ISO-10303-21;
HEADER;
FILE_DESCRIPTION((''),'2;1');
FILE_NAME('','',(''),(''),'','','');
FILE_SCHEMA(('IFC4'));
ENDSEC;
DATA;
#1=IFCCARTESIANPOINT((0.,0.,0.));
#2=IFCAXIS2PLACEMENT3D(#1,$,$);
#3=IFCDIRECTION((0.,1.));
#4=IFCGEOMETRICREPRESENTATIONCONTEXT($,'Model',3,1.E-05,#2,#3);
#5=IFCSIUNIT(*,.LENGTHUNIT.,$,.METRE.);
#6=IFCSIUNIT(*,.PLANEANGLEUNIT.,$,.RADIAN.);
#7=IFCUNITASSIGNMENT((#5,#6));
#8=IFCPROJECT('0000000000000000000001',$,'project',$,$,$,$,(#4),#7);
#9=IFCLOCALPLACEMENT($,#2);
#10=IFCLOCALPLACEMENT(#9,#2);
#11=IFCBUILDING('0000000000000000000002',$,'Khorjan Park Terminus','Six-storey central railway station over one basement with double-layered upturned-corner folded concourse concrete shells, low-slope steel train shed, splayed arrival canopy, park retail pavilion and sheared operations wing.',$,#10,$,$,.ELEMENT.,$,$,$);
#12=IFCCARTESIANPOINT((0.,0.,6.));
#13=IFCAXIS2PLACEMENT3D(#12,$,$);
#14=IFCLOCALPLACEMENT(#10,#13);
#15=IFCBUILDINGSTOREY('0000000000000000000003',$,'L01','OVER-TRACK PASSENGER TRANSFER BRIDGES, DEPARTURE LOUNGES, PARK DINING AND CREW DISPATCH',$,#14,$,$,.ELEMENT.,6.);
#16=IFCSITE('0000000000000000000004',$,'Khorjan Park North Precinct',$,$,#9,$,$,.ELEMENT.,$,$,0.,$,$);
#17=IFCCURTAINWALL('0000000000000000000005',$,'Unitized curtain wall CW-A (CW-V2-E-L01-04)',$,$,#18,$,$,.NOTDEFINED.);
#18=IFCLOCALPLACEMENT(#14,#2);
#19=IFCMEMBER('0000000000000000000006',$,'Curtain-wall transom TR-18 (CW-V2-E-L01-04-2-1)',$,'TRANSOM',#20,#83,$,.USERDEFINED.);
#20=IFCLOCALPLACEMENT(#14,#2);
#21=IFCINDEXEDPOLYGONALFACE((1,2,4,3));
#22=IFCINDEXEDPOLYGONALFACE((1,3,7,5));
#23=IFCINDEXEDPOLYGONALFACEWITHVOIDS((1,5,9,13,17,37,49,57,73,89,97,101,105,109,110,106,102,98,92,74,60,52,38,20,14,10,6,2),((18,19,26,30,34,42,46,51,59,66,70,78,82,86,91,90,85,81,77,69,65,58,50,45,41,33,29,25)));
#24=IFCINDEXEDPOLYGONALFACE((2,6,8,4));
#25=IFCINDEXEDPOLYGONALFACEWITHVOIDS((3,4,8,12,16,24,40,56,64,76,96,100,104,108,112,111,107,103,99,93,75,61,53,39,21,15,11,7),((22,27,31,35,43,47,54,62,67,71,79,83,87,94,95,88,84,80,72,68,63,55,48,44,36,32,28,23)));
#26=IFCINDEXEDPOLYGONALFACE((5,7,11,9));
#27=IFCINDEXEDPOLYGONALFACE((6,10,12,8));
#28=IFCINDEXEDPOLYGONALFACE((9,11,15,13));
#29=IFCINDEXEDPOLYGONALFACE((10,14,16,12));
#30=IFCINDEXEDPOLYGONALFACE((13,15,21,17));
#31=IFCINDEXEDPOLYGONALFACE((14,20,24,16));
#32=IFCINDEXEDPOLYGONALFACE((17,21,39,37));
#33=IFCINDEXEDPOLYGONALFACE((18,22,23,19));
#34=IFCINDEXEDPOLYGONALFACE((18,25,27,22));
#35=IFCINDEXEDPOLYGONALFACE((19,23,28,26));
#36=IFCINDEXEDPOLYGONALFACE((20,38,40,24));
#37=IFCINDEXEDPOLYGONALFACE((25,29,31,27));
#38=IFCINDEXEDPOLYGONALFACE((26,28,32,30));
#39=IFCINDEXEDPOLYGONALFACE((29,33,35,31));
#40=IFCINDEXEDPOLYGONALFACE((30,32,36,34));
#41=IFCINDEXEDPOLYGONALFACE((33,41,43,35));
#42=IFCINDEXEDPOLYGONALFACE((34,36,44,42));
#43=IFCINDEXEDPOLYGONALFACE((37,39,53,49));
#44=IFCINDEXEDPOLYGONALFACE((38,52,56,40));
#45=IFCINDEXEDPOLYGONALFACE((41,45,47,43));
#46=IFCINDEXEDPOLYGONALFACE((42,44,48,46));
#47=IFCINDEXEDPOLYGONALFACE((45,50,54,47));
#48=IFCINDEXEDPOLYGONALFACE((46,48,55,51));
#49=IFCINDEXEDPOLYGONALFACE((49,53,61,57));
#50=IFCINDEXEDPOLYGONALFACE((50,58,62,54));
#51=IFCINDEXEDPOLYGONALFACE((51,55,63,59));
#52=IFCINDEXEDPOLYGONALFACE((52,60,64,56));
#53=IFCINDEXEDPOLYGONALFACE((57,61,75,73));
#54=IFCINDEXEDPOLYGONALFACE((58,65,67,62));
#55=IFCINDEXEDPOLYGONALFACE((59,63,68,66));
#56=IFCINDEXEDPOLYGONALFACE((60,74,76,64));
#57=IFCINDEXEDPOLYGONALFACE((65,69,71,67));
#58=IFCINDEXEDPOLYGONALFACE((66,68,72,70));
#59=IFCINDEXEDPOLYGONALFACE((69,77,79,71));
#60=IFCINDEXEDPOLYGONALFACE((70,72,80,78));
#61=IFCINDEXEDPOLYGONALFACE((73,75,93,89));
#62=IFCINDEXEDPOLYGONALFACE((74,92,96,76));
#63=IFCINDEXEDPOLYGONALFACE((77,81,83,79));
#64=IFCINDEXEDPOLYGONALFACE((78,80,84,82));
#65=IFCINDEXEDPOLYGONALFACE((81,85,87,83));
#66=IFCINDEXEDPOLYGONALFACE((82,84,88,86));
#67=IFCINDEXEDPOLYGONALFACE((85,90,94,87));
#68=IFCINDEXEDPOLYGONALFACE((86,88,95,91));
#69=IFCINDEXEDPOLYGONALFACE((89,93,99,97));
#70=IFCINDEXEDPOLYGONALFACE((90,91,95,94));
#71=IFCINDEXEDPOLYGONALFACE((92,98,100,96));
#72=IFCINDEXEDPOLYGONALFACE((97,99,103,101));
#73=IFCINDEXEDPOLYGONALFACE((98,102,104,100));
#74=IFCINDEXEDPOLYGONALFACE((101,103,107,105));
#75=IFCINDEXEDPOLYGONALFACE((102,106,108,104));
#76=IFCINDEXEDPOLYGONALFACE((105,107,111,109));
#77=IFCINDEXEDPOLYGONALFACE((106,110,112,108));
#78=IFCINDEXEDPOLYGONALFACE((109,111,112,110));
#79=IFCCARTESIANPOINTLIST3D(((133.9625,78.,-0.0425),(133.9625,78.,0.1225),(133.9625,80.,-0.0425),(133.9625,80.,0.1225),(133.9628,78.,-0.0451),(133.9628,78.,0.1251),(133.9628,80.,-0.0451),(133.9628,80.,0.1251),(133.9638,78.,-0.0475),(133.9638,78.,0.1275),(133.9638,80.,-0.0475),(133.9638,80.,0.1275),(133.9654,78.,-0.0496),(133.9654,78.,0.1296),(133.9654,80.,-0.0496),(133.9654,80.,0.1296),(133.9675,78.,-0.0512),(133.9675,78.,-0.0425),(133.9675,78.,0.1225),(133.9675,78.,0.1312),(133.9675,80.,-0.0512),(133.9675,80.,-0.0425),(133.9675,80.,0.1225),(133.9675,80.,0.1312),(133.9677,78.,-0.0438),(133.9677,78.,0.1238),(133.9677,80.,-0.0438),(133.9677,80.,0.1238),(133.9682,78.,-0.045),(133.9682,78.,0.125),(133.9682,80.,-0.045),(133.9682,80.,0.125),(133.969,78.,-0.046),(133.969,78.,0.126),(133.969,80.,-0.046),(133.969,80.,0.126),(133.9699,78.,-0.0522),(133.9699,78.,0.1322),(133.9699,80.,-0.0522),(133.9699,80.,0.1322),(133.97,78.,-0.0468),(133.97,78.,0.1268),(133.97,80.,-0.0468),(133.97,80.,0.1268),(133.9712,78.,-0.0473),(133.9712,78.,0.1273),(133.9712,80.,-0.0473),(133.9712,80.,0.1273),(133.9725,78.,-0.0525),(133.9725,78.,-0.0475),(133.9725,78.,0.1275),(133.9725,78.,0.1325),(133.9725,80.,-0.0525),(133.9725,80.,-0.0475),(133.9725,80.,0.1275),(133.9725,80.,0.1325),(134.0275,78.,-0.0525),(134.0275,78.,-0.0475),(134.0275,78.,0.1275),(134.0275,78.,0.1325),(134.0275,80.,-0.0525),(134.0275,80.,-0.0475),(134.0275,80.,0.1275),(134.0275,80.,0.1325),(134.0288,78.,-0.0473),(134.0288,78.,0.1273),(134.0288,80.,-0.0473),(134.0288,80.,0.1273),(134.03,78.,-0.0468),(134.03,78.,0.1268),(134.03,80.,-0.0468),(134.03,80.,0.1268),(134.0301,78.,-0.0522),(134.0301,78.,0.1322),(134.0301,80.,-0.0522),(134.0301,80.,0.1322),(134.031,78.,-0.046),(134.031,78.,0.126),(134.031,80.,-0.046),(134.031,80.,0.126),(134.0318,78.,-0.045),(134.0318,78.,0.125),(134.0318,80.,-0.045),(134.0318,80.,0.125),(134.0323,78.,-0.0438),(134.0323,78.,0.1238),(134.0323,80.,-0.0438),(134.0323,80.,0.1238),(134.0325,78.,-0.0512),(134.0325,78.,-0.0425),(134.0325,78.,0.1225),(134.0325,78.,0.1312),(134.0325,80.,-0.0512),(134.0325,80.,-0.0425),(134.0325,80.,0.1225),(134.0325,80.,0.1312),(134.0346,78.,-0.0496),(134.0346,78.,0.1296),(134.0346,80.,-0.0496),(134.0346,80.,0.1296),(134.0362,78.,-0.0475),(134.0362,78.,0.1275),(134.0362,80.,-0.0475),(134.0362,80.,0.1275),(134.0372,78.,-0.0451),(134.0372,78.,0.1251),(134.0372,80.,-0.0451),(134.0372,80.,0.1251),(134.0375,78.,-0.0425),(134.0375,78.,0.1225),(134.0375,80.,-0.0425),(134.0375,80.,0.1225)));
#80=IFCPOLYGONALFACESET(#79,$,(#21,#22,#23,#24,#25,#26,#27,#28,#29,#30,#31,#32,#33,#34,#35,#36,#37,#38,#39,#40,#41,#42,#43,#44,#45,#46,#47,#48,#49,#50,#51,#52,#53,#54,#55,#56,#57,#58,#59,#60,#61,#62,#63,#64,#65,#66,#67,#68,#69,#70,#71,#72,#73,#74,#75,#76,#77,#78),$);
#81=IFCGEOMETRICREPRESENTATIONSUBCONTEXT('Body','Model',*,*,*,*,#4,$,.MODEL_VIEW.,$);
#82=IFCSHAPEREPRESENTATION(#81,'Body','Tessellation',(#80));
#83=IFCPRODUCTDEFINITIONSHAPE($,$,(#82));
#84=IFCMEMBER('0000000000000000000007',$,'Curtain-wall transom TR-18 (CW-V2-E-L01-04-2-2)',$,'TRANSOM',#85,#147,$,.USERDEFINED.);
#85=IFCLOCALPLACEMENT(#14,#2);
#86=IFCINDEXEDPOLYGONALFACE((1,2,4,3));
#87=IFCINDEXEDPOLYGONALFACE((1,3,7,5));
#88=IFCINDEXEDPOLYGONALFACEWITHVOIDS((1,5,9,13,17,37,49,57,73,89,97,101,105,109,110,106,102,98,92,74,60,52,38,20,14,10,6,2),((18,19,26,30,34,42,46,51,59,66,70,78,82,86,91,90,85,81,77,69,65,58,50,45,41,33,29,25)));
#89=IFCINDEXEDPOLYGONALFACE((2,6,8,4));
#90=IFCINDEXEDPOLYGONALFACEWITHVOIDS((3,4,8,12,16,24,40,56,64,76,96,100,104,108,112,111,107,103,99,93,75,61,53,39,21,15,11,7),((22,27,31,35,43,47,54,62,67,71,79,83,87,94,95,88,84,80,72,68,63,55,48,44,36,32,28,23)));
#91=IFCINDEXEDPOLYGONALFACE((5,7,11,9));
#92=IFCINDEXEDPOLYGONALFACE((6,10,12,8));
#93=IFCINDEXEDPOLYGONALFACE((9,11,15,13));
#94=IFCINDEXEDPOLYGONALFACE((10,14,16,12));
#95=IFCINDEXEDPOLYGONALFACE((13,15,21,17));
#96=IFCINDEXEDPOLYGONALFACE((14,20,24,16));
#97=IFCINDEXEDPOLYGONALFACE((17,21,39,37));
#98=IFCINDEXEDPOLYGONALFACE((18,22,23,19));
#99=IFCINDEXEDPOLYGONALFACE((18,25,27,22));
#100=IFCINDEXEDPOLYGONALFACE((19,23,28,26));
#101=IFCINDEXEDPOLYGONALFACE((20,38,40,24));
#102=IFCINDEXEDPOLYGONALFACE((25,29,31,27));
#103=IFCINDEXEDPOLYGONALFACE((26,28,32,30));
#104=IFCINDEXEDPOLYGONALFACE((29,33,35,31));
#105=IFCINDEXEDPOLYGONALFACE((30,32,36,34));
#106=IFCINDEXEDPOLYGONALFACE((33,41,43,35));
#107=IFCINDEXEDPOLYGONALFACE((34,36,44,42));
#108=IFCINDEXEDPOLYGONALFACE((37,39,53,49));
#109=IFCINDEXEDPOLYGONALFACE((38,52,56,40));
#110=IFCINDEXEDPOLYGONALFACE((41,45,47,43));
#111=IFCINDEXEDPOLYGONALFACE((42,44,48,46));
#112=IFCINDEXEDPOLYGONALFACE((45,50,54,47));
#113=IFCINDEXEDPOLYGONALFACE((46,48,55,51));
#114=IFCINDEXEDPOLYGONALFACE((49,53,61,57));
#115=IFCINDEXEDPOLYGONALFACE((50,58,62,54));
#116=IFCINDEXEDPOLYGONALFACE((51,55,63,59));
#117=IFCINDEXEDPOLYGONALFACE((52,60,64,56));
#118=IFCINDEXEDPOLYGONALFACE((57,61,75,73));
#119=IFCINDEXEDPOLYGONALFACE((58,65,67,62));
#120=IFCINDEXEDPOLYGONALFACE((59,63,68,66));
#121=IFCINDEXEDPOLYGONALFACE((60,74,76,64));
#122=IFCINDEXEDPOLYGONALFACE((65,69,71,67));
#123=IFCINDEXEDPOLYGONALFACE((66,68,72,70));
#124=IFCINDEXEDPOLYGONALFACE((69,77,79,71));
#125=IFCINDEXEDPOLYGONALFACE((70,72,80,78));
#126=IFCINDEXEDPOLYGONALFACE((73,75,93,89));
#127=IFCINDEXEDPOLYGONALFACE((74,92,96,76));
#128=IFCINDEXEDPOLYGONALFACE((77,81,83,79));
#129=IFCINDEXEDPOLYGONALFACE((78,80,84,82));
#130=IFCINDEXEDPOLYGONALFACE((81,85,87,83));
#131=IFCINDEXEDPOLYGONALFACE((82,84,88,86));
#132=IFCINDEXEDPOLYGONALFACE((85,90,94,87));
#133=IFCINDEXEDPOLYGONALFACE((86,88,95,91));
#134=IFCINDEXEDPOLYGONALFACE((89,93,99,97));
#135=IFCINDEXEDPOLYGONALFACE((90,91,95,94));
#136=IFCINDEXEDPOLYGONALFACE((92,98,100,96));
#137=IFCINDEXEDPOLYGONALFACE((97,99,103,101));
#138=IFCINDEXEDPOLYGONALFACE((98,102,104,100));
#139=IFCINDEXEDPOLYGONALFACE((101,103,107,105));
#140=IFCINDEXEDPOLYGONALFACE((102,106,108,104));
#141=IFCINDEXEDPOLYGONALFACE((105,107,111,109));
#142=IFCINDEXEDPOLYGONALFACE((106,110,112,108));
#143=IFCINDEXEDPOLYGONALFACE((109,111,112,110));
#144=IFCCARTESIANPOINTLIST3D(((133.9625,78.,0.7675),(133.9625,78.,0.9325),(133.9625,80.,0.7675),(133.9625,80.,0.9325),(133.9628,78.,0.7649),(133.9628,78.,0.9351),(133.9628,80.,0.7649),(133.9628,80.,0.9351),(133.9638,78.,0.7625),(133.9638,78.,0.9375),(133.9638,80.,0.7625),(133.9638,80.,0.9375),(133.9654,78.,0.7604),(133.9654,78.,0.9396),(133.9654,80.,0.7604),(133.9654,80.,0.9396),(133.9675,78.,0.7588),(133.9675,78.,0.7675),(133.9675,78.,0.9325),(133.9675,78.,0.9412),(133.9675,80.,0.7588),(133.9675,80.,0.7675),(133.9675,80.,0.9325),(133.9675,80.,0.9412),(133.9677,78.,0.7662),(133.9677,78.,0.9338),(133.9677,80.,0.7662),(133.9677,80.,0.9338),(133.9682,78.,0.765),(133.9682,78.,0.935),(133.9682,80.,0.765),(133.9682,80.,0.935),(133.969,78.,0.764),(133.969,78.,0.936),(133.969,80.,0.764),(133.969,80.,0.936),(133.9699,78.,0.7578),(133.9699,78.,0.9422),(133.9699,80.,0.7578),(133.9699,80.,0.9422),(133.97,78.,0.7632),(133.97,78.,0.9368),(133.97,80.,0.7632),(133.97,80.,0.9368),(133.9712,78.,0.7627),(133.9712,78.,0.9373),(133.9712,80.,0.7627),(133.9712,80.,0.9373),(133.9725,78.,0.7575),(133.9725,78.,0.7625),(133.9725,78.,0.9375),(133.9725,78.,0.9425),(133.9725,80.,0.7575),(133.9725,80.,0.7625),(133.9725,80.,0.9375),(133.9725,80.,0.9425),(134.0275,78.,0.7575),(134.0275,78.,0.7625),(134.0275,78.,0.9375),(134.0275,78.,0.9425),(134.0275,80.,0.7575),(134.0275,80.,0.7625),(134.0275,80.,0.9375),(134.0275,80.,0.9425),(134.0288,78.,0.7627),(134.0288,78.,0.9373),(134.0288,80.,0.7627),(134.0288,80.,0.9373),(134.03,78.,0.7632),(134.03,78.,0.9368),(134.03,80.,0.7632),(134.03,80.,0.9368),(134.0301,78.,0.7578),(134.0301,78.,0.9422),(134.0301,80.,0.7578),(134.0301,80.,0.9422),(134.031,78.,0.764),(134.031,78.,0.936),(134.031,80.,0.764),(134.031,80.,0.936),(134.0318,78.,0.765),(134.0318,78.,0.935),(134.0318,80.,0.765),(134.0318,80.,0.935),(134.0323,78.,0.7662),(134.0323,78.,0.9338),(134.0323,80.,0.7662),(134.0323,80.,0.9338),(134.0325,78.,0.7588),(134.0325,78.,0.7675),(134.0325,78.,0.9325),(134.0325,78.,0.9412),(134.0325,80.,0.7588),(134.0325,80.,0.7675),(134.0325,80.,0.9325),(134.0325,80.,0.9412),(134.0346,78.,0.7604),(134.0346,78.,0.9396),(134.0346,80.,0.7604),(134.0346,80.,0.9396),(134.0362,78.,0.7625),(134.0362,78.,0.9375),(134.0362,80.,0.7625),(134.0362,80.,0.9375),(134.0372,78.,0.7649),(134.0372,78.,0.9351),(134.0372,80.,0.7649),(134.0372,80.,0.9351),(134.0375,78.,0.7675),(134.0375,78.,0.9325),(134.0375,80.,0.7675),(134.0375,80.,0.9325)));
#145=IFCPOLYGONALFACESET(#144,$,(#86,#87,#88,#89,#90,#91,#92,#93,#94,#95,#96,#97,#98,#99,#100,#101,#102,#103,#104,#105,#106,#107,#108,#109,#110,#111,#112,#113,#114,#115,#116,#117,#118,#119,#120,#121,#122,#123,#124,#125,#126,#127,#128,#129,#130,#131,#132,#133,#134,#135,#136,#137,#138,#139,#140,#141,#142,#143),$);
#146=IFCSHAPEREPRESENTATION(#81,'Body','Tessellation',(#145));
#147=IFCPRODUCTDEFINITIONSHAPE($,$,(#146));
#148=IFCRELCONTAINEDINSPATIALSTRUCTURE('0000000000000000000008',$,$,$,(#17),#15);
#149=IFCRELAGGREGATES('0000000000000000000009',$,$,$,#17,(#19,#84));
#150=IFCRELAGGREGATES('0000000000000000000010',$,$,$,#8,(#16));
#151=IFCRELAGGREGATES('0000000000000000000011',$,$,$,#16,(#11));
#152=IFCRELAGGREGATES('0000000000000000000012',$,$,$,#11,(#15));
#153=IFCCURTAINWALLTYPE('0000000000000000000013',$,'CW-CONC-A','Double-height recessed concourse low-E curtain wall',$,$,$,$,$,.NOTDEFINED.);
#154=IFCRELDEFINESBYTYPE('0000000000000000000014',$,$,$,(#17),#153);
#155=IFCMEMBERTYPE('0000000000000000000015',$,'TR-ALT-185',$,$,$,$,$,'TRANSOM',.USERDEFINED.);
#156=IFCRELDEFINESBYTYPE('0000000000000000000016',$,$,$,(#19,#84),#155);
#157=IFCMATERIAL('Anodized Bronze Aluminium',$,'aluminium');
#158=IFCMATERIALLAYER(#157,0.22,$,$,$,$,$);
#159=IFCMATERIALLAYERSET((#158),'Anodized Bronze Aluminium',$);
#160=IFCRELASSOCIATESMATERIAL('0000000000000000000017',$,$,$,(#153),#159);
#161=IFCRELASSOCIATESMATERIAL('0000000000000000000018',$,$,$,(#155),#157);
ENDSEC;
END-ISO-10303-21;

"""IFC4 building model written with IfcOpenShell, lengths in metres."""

from ifc_helpers import new_model, si_unit, direction, frame, origin, origin_2d, place, context, subcontext, project, spatial, hollow_rectangle, extrude, material, layer, layer_set, material_profile, profile_set, type_object, element, aggregate, save


model = new_model("IFC4")

# Units and contexts
model_context = context("Model", 3, precision=1e-05, world=origin(), true_north=direction((0.0, 1.0)))
body_context = subcontext(model_context, "Body", "Model", "MODEL_VIEW")
ifc_project = project(units=[si_unit("LENGTHUNIT", "METRE"), si_unit("PLANEANGLEUNIT", "RADIAN")], contexts=[model_context])

# Site, building, storey
site_placement = place(None, origin())
site = spatial("IfcSite", under=ifc_project, at=site_placement, Name="Khorjan Park North Precinct", CompositionType="ELEMENT", RefElevation=0.0)
building_placement = place(site_placement, origin())
building = spatial("IfcBuilding", under=site, at=building_placement, Name="Khorjan Park Terminus", Description="Six-storey central railway station over one basement with double-layered upturned-corner folded concourse concrete shells, low-slope steel train shed, splayed arrival canopy, park retail pavilion and sheared operations wing.", CompositionType="ELEMENT")
storey_placement = place(building_placement, frame((0.0, 0.0, 6.0)))
storey = spatial("IfcBuildingStorey", under=building, at=storey_placement, Name="L01", Description="OVER-TRACK PASSENGER TRANSFER BRIDGES, DEPARTURE LOUNGES, PARK DINING AND CREW DISPATCH", CompositionType="ELEMENT", Elevation=6.0)

# Shared definitions
ifc_material_1 = material(Name="Anodized Bronze Aluminium", Category="aluminium")

# Curtain wall
ifc_layer_1 = layer(ifc_material_1, 0.22)
ifc_layer_set_1 = layer_set([ifc_layer_1], Name="Anodized Bronze Aluminium")
curtain_wall_type_1 = type_object("IfcCurtainWallType", Name="CW-CONC-A", Description="Double-height recessed concourse low-E curtain wall", PredefinedType="NOTDEFINED", material=ifc_layer_set_1)
curtain_wall_1_placement = place(storey_placement, origin())
curtain_wall_1 = element("IfcCurtainWall", 1, at=curtain_wall_1_placement, inside=storey, type_object=curtain_wall_type_1, Name="Unitized curtain wall CW-A (CW-V2-E-L01-04)", PredefinedType="NOTDEFINED")

# Members
ifc_material_profile_1 = material_profile(ifc_material_1, hollow_rectangle(XDim=0.075, YDim=0.185, WallThickness=0.005, InnerFilletRadius=0.005, OuterFilletRadius=0.01, at=origin_2d()), Name="ALT 75x185x5")
ifc_profile_set_1 = profile_set([ifc_material_profile_1], Name="Anodized Bronze Aluminium")
member_type_1 = type_object("IfcMemberType", Name="TR-ALT-185", ElementType="TRANSOM", PredefinedType="USERDEFINED", material=ifc_profile_set_1)
member_1_placement = place(storey_placement, frame((134.0, 78.0, 0.04), z_axis=(0.0, 1.0, 0.0), x_axis=(-1.0, 0.0, 0.0)))
member_1 = element("IfcMember", 2, at=member_1_placement, type_object=member_type_1, Name="Curtain-wall transom TR-18 (CW-V2-E-L01-04-2-1)", ObjectType="TRANSOM", PredefinedType="USERDEFINED", context=body_context, shape_type="SweptSolid", body=[
    extrude(hollow_rectangle(XDim=0.075, YDim=0.185, WallThickness=0.005, InnerFilletRadius=0.005, OuterFilletRadius=0.01, at=origin_2d()), origin(), (0.0, 0.0, 1.0), 2.0),
])
member_2_placement = place(storey_placement, frame((134.0, 78.0, 0.85), z_axis=(0.0, 1.0, 0.0), x_axis=(-1.0, 0.0, 0.0)))
member_2 = element("IfcMember", 3, at=member_2_placement, type_object=member_type_1, Name="Curtain-wall transom TR-18 (CW-V2-E-L01-04-2-2)", ObjectType="TRANSOM", PredefinedType="USERDEFINED", context=body_context, shape_type="SweptSolid", body=[
    extrude(hollow_rectangle(XDim=0.075, YDim=0.185, WallThickness=0.005, InnerFilletRadius=0.005, OuterFilletRadius=0.01, at=origin_2d()), origin(), (0.0, 0.0, 1.0), 2.0),
])

aggregate(curtain_wall_1, [member_1, member_2])

save(model, "model.ifc")
